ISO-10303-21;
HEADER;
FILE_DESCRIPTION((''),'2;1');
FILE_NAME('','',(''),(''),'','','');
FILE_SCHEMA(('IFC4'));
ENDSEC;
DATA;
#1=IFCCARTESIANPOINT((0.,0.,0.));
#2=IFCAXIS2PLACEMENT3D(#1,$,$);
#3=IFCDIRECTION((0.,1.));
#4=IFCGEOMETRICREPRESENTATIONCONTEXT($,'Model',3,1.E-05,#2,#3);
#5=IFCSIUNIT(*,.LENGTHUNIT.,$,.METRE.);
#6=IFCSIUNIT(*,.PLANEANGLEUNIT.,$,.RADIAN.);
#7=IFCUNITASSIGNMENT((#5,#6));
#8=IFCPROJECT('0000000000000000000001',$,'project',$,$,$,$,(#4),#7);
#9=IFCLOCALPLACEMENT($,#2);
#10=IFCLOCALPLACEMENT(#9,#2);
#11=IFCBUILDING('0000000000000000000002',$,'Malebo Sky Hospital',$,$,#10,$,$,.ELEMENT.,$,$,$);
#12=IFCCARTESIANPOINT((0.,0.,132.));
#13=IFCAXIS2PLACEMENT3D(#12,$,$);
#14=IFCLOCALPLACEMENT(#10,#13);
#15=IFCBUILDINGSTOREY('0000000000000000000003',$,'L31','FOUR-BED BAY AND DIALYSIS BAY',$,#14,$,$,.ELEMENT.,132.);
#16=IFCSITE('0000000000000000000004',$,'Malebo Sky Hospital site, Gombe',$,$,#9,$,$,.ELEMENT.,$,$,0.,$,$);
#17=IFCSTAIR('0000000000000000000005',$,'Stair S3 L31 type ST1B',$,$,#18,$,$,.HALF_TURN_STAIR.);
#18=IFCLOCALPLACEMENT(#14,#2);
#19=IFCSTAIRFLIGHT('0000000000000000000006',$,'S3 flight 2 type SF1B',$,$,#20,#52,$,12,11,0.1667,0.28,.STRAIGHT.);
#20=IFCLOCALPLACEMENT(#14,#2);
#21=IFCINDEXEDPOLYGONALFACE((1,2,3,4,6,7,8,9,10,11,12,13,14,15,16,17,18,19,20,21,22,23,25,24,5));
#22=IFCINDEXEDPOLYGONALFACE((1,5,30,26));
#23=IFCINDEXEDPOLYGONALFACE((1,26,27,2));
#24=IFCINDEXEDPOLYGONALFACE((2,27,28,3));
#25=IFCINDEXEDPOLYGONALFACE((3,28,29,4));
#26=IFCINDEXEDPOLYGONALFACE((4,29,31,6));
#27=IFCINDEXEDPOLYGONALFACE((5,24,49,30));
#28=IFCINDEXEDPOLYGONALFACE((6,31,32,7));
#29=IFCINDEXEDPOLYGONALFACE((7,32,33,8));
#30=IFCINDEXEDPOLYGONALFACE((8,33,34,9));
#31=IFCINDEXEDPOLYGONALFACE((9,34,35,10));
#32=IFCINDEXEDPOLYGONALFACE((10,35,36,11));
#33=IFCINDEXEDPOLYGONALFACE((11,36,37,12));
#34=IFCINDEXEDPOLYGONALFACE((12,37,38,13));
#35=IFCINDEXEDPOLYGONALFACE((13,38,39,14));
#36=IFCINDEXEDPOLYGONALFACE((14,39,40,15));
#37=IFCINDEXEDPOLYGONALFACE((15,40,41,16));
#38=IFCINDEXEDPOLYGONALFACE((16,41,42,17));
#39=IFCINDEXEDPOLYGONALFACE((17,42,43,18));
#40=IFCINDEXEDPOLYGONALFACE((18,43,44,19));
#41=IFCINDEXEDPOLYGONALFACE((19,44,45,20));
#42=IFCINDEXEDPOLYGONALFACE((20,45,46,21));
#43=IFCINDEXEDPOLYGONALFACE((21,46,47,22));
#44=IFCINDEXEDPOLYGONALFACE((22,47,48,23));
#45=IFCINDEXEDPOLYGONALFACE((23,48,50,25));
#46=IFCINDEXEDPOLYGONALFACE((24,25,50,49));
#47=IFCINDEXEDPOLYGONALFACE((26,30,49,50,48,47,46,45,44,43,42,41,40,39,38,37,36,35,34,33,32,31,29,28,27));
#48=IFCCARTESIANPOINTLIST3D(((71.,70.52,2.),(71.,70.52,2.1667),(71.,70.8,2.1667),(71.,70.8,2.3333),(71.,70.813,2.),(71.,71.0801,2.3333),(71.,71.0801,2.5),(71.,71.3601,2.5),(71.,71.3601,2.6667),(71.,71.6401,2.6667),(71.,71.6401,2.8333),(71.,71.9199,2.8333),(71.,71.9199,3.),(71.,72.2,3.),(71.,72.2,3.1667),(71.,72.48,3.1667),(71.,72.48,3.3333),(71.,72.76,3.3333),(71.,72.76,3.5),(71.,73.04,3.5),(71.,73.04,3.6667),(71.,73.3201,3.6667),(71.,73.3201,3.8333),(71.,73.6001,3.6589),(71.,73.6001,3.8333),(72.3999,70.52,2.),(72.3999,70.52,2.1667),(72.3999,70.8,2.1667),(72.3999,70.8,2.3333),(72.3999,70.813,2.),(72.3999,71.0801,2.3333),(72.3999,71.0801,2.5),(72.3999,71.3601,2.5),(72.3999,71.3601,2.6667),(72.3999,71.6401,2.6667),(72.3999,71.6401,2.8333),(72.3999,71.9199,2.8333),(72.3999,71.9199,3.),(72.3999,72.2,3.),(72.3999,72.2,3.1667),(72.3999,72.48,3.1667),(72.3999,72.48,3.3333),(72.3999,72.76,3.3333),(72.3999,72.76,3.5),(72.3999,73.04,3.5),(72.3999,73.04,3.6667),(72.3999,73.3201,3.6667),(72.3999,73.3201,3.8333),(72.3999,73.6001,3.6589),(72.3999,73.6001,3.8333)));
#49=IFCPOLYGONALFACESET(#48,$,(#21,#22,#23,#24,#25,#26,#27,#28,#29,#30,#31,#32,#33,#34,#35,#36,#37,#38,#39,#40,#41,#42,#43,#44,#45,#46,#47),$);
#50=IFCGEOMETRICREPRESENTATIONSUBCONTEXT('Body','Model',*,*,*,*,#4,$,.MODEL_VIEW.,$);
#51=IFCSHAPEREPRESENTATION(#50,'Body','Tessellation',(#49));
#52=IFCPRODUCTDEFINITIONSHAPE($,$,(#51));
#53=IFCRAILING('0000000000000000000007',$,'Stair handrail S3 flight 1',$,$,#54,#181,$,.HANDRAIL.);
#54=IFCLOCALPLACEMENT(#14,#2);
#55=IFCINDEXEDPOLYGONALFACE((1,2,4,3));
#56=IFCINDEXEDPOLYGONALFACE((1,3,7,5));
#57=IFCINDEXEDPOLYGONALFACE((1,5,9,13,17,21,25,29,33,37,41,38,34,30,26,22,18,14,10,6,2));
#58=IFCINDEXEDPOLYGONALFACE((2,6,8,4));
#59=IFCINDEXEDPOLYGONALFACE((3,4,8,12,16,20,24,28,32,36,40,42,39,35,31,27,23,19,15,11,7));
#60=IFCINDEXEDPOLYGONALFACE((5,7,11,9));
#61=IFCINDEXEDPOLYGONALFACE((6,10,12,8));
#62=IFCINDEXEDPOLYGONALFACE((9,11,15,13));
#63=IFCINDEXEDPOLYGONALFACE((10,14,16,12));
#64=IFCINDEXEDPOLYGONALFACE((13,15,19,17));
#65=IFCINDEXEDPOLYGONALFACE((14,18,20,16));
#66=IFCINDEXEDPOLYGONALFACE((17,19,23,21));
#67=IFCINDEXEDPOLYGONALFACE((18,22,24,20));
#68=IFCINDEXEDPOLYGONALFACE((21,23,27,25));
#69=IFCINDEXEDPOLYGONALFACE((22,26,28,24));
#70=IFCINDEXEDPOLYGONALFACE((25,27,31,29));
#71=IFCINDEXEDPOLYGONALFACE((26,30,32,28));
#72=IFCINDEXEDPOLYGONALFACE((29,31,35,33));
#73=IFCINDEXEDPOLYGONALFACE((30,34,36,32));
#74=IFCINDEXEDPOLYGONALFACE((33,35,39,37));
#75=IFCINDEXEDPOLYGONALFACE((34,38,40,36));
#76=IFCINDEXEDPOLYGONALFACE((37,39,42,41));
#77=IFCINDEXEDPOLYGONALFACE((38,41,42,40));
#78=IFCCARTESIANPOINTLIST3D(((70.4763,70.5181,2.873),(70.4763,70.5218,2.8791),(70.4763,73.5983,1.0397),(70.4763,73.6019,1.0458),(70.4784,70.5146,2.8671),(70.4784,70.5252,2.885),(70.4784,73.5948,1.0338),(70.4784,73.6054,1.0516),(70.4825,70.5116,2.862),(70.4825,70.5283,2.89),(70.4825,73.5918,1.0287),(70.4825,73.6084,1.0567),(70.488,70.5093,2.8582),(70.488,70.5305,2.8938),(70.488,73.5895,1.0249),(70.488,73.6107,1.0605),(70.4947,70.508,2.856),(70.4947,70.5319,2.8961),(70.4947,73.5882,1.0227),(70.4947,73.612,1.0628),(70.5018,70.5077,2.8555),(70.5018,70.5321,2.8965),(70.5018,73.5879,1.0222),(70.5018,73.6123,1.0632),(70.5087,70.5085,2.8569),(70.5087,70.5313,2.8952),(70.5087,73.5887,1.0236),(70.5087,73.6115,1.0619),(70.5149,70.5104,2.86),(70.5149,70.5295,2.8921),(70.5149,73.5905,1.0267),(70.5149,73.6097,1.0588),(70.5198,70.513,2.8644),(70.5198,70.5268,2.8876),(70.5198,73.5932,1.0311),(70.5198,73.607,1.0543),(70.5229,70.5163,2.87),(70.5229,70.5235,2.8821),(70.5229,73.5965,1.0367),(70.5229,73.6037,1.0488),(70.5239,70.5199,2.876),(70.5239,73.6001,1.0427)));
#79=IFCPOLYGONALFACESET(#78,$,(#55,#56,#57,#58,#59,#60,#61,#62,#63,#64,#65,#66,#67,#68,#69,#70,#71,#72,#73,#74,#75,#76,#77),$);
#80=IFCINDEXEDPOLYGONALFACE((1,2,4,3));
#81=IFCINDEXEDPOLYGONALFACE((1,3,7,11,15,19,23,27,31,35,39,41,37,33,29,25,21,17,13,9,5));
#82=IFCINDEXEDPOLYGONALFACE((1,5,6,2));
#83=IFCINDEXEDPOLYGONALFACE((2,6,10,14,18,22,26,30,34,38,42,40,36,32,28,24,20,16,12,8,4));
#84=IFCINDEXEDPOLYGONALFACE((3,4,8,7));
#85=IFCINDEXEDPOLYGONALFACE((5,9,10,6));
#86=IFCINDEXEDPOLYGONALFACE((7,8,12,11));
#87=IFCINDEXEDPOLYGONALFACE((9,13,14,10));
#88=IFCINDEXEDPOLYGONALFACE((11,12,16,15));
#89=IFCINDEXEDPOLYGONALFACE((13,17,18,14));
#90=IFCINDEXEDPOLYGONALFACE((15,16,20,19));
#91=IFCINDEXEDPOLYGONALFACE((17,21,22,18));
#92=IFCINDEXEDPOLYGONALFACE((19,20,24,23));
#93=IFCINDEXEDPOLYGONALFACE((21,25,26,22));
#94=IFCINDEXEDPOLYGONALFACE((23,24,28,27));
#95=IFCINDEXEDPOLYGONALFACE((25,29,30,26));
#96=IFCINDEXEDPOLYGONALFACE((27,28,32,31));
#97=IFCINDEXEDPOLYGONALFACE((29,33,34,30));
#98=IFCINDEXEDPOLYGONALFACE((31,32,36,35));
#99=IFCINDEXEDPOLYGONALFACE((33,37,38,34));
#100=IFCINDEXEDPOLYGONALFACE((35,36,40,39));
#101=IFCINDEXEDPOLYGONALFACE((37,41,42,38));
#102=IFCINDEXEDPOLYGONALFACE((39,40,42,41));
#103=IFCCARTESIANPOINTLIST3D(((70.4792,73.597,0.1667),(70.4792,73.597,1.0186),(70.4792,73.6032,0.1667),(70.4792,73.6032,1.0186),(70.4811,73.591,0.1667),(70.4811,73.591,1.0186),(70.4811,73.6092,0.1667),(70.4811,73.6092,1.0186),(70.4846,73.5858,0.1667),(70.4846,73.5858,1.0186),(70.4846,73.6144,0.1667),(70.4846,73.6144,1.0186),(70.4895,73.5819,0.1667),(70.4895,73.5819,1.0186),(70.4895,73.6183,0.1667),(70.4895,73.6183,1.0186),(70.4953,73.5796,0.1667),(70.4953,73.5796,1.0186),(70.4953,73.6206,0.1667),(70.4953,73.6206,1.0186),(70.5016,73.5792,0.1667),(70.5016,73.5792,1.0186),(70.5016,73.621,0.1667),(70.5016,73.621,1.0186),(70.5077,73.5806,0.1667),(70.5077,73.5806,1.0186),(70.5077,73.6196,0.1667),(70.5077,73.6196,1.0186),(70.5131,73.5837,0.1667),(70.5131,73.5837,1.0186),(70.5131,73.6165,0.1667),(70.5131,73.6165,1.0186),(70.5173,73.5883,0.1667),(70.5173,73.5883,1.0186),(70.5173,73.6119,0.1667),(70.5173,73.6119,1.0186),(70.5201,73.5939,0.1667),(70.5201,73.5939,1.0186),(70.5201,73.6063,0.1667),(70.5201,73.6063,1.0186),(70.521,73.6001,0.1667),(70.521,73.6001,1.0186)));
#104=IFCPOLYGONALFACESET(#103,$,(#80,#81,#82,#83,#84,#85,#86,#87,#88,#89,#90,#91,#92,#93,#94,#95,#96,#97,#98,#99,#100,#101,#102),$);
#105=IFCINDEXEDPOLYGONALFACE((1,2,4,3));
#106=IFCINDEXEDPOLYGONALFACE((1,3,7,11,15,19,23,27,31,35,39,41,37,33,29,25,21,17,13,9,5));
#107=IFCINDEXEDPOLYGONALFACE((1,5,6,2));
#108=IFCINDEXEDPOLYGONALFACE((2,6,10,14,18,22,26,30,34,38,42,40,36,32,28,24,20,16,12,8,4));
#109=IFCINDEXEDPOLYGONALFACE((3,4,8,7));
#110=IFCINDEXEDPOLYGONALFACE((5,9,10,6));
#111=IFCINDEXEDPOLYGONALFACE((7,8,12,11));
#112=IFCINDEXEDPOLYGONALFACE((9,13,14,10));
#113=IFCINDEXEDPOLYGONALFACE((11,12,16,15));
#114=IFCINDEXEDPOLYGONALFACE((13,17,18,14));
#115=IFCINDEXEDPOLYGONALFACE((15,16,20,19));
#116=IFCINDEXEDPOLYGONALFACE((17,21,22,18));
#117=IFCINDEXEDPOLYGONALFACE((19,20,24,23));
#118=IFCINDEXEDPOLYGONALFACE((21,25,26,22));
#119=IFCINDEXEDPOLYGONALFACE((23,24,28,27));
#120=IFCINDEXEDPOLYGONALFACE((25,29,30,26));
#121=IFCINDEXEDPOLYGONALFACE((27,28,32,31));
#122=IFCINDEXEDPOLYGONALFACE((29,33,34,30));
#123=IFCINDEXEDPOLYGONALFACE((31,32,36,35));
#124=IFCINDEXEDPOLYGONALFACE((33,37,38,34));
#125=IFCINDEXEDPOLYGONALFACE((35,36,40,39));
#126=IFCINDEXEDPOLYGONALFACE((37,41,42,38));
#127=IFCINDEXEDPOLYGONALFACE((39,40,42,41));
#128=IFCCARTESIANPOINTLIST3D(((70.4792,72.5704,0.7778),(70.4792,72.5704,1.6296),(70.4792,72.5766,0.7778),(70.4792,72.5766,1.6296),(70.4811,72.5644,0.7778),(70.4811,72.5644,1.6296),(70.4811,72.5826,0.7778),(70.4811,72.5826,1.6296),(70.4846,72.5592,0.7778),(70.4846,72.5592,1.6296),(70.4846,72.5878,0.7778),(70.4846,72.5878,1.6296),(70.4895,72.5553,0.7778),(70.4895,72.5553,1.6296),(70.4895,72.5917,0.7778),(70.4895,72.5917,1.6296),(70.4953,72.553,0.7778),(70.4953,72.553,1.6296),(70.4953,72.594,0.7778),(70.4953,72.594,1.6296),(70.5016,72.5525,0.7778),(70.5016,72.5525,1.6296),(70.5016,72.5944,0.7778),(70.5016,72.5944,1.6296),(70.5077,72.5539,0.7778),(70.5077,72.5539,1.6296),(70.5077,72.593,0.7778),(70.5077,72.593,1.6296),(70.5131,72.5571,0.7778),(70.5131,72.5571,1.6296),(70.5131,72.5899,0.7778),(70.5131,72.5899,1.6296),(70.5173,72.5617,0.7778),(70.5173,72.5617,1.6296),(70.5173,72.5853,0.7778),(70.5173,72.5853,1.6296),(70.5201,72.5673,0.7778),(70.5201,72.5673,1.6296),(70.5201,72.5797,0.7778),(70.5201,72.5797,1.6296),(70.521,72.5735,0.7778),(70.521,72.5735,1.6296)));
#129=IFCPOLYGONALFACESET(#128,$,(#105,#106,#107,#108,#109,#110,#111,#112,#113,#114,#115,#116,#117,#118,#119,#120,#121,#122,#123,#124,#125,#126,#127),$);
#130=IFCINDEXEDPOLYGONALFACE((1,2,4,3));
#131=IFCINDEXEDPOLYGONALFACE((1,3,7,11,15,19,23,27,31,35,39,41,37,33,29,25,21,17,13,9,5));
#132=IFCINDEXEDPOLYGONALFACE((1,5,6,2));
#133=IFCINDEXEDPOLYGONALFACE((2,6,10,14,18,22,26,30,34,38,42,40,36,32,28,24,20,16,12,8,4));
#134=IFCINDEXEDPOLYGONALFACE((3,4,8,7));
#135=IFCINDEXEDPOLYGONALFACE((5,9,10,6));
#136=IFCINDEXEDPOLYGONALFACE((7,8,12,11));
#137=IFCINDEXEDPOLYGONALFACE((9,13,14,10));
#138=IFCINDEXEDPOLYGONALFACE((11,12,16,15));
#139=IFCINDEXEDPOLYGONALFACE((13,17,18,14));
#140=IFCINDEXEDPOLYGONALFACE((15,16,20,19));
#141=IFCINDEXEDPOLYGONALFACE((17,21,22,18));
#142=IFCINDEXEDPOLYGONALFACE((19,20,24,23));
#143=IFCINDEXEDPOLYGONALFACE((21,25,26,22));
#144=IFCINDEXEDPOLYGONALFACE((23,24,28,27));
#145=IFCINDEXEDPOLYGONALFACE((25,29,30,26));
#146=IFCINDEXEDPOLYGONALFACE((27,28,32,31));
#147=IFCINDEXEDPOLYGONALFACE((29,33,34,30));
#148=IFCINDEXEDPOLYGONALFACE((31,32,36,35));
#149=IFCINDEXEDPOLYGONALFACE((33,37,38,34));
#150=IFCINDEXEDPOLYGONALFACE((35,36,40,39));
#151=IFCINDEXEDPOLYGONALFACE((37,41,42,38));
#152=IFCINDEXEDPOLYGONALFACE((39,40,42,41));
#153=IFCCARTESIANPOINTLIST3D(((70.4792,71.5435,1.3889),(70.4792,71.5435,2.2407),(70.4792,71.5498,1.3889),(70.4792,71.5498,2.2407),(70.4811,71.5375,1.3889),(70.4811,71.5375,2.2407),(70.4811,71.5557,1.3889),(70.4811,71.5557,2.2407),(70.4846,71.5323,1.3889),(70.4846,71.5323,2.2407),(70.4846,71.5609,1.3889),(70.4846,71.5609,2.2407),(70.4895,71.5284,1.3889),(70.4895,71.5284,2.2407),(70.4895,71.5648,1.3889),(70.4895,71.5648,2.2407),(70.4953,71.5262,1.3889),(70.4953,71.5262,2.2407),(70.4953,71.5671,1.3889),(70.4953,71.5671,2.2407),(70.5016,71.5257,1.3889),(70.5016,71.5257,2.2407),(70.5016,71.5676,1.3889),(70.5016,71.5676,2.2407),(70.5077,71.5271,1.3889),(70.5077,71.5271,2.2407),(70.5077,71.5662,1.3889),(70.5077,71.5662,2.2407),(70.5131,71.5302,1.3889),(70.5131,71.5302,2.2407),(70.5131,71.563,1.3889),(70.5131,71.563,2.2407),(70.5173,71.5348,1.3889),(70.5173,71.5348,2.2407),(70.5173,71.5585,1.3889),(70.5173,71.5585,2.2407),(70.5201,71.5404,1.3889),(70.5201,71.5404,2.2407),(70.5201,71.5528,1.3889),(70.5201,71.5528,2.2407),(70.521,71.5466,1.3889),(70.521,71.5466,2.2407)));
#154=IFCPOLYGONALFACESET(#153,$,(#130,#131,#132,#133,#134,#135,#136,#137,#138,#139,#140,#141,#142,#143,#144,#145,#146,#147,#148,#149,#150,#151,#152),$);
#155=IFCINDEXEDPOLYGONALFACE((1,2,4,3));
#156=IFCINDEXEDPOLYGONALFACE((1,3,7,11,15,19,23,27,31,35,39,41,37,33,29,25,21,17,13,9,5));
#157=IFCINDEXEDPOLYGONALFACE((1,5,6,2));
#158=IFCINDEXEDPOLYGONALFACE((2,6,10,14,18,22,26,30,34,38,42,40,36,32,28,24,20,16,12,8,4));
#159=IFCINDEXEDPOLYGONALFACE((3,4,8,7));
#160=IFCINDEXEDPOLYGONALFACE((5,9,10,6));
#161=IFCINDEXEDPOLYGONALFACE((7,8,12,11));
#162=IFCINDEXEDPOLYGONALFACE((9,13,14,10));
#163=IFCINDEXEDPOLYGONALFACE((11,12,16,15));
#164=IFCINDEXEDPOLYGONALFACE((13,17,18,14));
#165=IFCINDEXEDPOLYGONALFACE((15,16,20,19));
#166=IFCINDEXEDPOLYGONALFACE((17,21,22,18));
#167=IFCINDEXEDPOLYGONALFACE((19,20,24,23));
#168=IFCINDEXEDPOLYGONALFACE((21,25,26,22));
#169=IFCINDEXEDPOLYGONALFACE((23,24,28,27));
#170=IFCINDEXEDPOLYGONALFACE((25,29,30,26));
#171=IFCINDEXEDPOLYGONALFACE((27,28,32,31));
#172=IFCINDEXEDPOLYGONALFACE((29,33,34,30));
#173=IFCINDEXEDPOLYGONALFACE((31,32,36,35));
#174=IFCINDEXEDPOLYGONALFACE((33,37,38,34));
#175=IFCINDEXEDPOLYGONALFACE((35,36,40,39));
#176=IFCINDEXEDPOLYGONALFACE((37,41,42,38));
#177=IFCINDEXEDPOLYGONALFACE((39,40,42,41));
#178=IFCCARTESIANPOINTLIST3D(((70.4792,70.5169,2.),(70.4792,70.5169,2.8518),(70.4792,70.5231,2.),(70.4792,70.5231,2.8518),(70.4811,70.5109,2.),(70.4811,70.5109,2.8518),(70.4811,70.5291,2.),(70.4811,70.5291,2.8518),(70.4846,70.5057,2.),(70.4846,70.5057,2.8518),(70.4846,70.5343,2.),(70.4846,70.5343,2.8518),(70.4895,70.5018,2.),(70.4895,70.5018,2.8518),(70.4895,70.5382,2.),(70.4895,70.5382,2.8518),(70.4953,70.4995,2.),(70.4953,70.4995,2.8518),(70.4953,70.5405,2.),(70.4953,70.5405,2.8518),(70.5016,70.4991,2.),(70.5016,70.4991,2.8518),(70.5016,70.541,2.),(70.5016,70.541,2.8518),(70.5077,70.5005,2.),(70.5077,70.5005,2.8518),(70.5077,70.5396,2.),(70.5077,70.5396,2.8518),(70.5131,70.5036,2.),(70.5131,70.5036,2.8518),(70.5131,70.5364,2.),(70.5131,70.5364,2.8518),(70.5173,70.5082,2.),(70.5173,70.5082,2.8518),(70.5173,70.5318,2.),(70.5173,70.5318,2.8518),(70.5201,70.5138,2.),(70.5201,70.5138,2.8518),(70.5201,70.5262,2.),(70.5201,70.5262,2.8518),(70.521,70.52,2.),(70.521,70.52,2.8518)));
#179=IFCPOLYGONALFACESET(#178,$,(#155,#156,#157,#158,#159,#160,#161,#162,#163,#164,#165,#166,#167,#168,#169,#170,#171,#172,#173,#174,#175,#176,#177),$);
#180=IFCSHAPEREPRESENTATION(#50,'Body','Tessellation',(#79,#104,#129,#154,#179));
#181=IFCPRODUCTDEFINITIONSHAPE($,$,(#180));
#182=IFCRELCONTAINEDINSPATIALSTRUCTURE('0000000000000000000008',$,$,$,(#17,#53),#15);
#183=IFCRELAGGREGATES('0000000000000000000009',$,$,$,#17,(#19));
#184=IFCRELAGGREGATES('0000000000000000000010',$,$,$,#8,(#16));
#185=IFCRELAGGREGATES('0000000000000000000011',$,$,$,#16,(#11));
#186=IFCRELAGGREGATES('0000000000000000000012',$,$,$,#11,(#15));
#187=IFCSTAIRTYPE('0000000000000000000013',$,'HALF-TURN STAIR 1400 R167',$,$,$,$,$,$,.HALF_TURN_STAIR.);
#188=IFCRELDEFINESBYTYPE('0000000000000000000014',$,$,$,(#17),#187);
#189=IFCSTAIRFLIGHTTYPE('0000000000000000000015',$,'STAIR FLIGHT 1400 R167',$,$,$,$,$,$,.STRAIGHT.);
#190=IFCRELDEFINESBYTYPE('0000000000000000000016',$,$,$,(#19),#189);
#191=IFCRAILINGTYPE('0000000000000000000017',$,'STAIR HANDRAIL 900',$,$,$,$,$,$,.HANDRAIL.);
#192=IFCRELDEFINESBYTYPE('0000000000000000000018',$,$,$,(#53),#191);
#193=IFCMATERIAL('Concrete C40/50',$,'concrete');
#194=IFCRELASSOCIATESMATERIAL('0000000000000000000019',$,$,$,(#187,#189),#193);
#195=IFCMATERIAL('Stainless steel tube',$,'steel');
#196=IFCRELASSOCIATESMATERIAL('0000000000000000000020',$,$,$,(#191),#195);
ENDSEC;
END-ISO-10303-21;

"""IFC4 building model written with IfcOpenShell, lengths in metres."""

from ifc_helpers import new_model, si_unit, direction, frame, origin, origin_2d, place, context, subcontext, project, spatial, polyline, circle, outline, extrude, material, type_object, element, aggregate, save


model = new_model("IFC4")

# Units and contexts
model_context = context("Model", 3, precision=1e-05, world=origin(), true_north=direction((0.0, 1.0)))
body_context = subcontext(model_context, "Body", "Model", "MODEL_VIEW")
ifc_project = project(units=[si_unit("LENGTHUNIT", "METRE"), si_unit("PLANEANGLEUNIT", "RADIAN")], contexts=[model_context])

# Site, building, storey
site_placement = place(None, origin())
site = spatial("IfcSite", under=ifc_project, at=site_placement, Name="Malebo Sky Hospital site, Gombe", CompositionType="ELEMENT", RefElevation=0.0)
building_placement = place(site_placement, origin())
building = spatial("IfcBuilding", under=site, at=building_placement, Name="Malebo Sky Hospital", CompositionType="ELEMENT")
storey_placement = place(building_placement, frame((0.0, 0.0, 132.0)))
storey = spatial("IfcBuildingStorey", under=building, at=storey_placement, Name="L31", Description="FOUR-BED BAY AND DIALYSIS BAY", CompositionType="ELEMENT", Elevation=132.0)

# Shared definitions
ifc_material_1 = material(Name="Concrete C40/50", Category="concrete")

# Stair, stair flight
stair_type = type_object("IfcStairType", Name="HALF-TURN STAIR 1400 R167", PredefinedType="HALF_TURN_STAIR", material=ifc_material_1)
stair_placement = place(storey_placement, origin())
stair = element("IfcStair", 1, at=stair_placement, inside=storey, type_object=stair_type, Name="Stair S3 L31 type ST1B", PredefinedType="HALF_TURN_STAIR")
stair_flight_type = type_object("IfcStairFlightType", Name="STAIR FLIGHT 1400 R167", PredefinedType="STRAIGHT", material=ifc_material_1)
stair_flight_1_placement = place(storey_placement, frame((71.7, 70.52, 2.0), z_axis=(0.0, 0.0, 1.0), x_axis=(0.0, 1.0, 0.0)))
stair_flight_1 = element("IfcStairFlight", 2, at=stair_flight_1_placement, type_object=stair_flight_type, Name="S3 flight 2 type SF1B", NumberOfRisers=12, NumberOfTreads=11, PredefinedType="STRAIGHT", RiserHeight=0.1667, TreadLength=0.28, context=body_context, shape_type="SweptSolid", body=[
    extrude(outline(polyline([(0.0, 0.0), (0.0, 0.1667), (0.28, 0.1667), (0.28, 0.3333), (0.5601, 0.3333), (0.5601, 0.5), (0.8401, 0.5), (0.8401, 0.6667), (1.1201, 0.6667), (1.1201, 0.8333), (1.3999, 0.8333), (1.3999, 1.0), (1.6799, 1.0), (1.6799, 1.1667), (1.96, 1.1667), (1.96, 1.3333), (2.24, 1.3333), (2.24, 1.5), (2.52, 1.5), (2.52, 1.6667), (2.8, 1.6667), (2.8, 1.8333), (3.0801, 1.8333), (3.0801, 2.0), (3.0801, 1.6589), (0.293, 0.0), (0.0, 0.0)])), frame((0.0, 0.7, 0.0), z_axis=(0.0, -1.0, 0.0), x_axis=(1.0, 0.0, 0.0)), (0.0, 0.0, 1.0), 1.3999),
])
aggregate(stair, [stair_flight_1])

# Railing
ifc_material_2 = material(Name="Stainless steel tube", Category="steel")
railing_type = type_object("IfcRailingType", Name="STAIR HANDRAIL 900", PredefinedType="HANDRAIL", material=ifc_material_2)
railing_1_placement = place(storey_placement, frame((70.5, 73.6001, 0.1667)))
element("IfcRailing", 3, at=railing_1_placement, inside=storey, type_object=railing_type, Name="Stair handrail S3 flight 1", PredefinedType="HANDRAIL", context=body_context, shape_type="SweptSolid", body=[
    extrude(circle(Radius=0.0239, at=origin_2d()), frame((0.0, 0.0, 0.876), z_axis=(0.0, -0.859309, 0.511458), x_axis=(1.0, 0.0, 0.0)), (0.0, 0.0, 1.0), 3.5845),
    extrude(circle(Radius=0.021, at=origin_2d()), origin(), (0.0, 0.0, 1.0), 0.8518),
    extrude(circle(Radius=0.021, at=origin_2d()), frame((0.0, -1.0266, 0.6111)), (0.0, 0.0, 1.0), 0.8518),
    extrude(circle(Radius=0.021, at=origin_2d()), frame((0.0, -2.0535, 1.2222)), (0.0, 0.0, 1.0), 0.8518),
    extrude(circle(Radius=0.021, at=origin_2d()), frame((0.0, -3.0801, 1.8333)), (0.0, 0.0, 1.0), 0.8518),
])

save(model, "model.ifc")
